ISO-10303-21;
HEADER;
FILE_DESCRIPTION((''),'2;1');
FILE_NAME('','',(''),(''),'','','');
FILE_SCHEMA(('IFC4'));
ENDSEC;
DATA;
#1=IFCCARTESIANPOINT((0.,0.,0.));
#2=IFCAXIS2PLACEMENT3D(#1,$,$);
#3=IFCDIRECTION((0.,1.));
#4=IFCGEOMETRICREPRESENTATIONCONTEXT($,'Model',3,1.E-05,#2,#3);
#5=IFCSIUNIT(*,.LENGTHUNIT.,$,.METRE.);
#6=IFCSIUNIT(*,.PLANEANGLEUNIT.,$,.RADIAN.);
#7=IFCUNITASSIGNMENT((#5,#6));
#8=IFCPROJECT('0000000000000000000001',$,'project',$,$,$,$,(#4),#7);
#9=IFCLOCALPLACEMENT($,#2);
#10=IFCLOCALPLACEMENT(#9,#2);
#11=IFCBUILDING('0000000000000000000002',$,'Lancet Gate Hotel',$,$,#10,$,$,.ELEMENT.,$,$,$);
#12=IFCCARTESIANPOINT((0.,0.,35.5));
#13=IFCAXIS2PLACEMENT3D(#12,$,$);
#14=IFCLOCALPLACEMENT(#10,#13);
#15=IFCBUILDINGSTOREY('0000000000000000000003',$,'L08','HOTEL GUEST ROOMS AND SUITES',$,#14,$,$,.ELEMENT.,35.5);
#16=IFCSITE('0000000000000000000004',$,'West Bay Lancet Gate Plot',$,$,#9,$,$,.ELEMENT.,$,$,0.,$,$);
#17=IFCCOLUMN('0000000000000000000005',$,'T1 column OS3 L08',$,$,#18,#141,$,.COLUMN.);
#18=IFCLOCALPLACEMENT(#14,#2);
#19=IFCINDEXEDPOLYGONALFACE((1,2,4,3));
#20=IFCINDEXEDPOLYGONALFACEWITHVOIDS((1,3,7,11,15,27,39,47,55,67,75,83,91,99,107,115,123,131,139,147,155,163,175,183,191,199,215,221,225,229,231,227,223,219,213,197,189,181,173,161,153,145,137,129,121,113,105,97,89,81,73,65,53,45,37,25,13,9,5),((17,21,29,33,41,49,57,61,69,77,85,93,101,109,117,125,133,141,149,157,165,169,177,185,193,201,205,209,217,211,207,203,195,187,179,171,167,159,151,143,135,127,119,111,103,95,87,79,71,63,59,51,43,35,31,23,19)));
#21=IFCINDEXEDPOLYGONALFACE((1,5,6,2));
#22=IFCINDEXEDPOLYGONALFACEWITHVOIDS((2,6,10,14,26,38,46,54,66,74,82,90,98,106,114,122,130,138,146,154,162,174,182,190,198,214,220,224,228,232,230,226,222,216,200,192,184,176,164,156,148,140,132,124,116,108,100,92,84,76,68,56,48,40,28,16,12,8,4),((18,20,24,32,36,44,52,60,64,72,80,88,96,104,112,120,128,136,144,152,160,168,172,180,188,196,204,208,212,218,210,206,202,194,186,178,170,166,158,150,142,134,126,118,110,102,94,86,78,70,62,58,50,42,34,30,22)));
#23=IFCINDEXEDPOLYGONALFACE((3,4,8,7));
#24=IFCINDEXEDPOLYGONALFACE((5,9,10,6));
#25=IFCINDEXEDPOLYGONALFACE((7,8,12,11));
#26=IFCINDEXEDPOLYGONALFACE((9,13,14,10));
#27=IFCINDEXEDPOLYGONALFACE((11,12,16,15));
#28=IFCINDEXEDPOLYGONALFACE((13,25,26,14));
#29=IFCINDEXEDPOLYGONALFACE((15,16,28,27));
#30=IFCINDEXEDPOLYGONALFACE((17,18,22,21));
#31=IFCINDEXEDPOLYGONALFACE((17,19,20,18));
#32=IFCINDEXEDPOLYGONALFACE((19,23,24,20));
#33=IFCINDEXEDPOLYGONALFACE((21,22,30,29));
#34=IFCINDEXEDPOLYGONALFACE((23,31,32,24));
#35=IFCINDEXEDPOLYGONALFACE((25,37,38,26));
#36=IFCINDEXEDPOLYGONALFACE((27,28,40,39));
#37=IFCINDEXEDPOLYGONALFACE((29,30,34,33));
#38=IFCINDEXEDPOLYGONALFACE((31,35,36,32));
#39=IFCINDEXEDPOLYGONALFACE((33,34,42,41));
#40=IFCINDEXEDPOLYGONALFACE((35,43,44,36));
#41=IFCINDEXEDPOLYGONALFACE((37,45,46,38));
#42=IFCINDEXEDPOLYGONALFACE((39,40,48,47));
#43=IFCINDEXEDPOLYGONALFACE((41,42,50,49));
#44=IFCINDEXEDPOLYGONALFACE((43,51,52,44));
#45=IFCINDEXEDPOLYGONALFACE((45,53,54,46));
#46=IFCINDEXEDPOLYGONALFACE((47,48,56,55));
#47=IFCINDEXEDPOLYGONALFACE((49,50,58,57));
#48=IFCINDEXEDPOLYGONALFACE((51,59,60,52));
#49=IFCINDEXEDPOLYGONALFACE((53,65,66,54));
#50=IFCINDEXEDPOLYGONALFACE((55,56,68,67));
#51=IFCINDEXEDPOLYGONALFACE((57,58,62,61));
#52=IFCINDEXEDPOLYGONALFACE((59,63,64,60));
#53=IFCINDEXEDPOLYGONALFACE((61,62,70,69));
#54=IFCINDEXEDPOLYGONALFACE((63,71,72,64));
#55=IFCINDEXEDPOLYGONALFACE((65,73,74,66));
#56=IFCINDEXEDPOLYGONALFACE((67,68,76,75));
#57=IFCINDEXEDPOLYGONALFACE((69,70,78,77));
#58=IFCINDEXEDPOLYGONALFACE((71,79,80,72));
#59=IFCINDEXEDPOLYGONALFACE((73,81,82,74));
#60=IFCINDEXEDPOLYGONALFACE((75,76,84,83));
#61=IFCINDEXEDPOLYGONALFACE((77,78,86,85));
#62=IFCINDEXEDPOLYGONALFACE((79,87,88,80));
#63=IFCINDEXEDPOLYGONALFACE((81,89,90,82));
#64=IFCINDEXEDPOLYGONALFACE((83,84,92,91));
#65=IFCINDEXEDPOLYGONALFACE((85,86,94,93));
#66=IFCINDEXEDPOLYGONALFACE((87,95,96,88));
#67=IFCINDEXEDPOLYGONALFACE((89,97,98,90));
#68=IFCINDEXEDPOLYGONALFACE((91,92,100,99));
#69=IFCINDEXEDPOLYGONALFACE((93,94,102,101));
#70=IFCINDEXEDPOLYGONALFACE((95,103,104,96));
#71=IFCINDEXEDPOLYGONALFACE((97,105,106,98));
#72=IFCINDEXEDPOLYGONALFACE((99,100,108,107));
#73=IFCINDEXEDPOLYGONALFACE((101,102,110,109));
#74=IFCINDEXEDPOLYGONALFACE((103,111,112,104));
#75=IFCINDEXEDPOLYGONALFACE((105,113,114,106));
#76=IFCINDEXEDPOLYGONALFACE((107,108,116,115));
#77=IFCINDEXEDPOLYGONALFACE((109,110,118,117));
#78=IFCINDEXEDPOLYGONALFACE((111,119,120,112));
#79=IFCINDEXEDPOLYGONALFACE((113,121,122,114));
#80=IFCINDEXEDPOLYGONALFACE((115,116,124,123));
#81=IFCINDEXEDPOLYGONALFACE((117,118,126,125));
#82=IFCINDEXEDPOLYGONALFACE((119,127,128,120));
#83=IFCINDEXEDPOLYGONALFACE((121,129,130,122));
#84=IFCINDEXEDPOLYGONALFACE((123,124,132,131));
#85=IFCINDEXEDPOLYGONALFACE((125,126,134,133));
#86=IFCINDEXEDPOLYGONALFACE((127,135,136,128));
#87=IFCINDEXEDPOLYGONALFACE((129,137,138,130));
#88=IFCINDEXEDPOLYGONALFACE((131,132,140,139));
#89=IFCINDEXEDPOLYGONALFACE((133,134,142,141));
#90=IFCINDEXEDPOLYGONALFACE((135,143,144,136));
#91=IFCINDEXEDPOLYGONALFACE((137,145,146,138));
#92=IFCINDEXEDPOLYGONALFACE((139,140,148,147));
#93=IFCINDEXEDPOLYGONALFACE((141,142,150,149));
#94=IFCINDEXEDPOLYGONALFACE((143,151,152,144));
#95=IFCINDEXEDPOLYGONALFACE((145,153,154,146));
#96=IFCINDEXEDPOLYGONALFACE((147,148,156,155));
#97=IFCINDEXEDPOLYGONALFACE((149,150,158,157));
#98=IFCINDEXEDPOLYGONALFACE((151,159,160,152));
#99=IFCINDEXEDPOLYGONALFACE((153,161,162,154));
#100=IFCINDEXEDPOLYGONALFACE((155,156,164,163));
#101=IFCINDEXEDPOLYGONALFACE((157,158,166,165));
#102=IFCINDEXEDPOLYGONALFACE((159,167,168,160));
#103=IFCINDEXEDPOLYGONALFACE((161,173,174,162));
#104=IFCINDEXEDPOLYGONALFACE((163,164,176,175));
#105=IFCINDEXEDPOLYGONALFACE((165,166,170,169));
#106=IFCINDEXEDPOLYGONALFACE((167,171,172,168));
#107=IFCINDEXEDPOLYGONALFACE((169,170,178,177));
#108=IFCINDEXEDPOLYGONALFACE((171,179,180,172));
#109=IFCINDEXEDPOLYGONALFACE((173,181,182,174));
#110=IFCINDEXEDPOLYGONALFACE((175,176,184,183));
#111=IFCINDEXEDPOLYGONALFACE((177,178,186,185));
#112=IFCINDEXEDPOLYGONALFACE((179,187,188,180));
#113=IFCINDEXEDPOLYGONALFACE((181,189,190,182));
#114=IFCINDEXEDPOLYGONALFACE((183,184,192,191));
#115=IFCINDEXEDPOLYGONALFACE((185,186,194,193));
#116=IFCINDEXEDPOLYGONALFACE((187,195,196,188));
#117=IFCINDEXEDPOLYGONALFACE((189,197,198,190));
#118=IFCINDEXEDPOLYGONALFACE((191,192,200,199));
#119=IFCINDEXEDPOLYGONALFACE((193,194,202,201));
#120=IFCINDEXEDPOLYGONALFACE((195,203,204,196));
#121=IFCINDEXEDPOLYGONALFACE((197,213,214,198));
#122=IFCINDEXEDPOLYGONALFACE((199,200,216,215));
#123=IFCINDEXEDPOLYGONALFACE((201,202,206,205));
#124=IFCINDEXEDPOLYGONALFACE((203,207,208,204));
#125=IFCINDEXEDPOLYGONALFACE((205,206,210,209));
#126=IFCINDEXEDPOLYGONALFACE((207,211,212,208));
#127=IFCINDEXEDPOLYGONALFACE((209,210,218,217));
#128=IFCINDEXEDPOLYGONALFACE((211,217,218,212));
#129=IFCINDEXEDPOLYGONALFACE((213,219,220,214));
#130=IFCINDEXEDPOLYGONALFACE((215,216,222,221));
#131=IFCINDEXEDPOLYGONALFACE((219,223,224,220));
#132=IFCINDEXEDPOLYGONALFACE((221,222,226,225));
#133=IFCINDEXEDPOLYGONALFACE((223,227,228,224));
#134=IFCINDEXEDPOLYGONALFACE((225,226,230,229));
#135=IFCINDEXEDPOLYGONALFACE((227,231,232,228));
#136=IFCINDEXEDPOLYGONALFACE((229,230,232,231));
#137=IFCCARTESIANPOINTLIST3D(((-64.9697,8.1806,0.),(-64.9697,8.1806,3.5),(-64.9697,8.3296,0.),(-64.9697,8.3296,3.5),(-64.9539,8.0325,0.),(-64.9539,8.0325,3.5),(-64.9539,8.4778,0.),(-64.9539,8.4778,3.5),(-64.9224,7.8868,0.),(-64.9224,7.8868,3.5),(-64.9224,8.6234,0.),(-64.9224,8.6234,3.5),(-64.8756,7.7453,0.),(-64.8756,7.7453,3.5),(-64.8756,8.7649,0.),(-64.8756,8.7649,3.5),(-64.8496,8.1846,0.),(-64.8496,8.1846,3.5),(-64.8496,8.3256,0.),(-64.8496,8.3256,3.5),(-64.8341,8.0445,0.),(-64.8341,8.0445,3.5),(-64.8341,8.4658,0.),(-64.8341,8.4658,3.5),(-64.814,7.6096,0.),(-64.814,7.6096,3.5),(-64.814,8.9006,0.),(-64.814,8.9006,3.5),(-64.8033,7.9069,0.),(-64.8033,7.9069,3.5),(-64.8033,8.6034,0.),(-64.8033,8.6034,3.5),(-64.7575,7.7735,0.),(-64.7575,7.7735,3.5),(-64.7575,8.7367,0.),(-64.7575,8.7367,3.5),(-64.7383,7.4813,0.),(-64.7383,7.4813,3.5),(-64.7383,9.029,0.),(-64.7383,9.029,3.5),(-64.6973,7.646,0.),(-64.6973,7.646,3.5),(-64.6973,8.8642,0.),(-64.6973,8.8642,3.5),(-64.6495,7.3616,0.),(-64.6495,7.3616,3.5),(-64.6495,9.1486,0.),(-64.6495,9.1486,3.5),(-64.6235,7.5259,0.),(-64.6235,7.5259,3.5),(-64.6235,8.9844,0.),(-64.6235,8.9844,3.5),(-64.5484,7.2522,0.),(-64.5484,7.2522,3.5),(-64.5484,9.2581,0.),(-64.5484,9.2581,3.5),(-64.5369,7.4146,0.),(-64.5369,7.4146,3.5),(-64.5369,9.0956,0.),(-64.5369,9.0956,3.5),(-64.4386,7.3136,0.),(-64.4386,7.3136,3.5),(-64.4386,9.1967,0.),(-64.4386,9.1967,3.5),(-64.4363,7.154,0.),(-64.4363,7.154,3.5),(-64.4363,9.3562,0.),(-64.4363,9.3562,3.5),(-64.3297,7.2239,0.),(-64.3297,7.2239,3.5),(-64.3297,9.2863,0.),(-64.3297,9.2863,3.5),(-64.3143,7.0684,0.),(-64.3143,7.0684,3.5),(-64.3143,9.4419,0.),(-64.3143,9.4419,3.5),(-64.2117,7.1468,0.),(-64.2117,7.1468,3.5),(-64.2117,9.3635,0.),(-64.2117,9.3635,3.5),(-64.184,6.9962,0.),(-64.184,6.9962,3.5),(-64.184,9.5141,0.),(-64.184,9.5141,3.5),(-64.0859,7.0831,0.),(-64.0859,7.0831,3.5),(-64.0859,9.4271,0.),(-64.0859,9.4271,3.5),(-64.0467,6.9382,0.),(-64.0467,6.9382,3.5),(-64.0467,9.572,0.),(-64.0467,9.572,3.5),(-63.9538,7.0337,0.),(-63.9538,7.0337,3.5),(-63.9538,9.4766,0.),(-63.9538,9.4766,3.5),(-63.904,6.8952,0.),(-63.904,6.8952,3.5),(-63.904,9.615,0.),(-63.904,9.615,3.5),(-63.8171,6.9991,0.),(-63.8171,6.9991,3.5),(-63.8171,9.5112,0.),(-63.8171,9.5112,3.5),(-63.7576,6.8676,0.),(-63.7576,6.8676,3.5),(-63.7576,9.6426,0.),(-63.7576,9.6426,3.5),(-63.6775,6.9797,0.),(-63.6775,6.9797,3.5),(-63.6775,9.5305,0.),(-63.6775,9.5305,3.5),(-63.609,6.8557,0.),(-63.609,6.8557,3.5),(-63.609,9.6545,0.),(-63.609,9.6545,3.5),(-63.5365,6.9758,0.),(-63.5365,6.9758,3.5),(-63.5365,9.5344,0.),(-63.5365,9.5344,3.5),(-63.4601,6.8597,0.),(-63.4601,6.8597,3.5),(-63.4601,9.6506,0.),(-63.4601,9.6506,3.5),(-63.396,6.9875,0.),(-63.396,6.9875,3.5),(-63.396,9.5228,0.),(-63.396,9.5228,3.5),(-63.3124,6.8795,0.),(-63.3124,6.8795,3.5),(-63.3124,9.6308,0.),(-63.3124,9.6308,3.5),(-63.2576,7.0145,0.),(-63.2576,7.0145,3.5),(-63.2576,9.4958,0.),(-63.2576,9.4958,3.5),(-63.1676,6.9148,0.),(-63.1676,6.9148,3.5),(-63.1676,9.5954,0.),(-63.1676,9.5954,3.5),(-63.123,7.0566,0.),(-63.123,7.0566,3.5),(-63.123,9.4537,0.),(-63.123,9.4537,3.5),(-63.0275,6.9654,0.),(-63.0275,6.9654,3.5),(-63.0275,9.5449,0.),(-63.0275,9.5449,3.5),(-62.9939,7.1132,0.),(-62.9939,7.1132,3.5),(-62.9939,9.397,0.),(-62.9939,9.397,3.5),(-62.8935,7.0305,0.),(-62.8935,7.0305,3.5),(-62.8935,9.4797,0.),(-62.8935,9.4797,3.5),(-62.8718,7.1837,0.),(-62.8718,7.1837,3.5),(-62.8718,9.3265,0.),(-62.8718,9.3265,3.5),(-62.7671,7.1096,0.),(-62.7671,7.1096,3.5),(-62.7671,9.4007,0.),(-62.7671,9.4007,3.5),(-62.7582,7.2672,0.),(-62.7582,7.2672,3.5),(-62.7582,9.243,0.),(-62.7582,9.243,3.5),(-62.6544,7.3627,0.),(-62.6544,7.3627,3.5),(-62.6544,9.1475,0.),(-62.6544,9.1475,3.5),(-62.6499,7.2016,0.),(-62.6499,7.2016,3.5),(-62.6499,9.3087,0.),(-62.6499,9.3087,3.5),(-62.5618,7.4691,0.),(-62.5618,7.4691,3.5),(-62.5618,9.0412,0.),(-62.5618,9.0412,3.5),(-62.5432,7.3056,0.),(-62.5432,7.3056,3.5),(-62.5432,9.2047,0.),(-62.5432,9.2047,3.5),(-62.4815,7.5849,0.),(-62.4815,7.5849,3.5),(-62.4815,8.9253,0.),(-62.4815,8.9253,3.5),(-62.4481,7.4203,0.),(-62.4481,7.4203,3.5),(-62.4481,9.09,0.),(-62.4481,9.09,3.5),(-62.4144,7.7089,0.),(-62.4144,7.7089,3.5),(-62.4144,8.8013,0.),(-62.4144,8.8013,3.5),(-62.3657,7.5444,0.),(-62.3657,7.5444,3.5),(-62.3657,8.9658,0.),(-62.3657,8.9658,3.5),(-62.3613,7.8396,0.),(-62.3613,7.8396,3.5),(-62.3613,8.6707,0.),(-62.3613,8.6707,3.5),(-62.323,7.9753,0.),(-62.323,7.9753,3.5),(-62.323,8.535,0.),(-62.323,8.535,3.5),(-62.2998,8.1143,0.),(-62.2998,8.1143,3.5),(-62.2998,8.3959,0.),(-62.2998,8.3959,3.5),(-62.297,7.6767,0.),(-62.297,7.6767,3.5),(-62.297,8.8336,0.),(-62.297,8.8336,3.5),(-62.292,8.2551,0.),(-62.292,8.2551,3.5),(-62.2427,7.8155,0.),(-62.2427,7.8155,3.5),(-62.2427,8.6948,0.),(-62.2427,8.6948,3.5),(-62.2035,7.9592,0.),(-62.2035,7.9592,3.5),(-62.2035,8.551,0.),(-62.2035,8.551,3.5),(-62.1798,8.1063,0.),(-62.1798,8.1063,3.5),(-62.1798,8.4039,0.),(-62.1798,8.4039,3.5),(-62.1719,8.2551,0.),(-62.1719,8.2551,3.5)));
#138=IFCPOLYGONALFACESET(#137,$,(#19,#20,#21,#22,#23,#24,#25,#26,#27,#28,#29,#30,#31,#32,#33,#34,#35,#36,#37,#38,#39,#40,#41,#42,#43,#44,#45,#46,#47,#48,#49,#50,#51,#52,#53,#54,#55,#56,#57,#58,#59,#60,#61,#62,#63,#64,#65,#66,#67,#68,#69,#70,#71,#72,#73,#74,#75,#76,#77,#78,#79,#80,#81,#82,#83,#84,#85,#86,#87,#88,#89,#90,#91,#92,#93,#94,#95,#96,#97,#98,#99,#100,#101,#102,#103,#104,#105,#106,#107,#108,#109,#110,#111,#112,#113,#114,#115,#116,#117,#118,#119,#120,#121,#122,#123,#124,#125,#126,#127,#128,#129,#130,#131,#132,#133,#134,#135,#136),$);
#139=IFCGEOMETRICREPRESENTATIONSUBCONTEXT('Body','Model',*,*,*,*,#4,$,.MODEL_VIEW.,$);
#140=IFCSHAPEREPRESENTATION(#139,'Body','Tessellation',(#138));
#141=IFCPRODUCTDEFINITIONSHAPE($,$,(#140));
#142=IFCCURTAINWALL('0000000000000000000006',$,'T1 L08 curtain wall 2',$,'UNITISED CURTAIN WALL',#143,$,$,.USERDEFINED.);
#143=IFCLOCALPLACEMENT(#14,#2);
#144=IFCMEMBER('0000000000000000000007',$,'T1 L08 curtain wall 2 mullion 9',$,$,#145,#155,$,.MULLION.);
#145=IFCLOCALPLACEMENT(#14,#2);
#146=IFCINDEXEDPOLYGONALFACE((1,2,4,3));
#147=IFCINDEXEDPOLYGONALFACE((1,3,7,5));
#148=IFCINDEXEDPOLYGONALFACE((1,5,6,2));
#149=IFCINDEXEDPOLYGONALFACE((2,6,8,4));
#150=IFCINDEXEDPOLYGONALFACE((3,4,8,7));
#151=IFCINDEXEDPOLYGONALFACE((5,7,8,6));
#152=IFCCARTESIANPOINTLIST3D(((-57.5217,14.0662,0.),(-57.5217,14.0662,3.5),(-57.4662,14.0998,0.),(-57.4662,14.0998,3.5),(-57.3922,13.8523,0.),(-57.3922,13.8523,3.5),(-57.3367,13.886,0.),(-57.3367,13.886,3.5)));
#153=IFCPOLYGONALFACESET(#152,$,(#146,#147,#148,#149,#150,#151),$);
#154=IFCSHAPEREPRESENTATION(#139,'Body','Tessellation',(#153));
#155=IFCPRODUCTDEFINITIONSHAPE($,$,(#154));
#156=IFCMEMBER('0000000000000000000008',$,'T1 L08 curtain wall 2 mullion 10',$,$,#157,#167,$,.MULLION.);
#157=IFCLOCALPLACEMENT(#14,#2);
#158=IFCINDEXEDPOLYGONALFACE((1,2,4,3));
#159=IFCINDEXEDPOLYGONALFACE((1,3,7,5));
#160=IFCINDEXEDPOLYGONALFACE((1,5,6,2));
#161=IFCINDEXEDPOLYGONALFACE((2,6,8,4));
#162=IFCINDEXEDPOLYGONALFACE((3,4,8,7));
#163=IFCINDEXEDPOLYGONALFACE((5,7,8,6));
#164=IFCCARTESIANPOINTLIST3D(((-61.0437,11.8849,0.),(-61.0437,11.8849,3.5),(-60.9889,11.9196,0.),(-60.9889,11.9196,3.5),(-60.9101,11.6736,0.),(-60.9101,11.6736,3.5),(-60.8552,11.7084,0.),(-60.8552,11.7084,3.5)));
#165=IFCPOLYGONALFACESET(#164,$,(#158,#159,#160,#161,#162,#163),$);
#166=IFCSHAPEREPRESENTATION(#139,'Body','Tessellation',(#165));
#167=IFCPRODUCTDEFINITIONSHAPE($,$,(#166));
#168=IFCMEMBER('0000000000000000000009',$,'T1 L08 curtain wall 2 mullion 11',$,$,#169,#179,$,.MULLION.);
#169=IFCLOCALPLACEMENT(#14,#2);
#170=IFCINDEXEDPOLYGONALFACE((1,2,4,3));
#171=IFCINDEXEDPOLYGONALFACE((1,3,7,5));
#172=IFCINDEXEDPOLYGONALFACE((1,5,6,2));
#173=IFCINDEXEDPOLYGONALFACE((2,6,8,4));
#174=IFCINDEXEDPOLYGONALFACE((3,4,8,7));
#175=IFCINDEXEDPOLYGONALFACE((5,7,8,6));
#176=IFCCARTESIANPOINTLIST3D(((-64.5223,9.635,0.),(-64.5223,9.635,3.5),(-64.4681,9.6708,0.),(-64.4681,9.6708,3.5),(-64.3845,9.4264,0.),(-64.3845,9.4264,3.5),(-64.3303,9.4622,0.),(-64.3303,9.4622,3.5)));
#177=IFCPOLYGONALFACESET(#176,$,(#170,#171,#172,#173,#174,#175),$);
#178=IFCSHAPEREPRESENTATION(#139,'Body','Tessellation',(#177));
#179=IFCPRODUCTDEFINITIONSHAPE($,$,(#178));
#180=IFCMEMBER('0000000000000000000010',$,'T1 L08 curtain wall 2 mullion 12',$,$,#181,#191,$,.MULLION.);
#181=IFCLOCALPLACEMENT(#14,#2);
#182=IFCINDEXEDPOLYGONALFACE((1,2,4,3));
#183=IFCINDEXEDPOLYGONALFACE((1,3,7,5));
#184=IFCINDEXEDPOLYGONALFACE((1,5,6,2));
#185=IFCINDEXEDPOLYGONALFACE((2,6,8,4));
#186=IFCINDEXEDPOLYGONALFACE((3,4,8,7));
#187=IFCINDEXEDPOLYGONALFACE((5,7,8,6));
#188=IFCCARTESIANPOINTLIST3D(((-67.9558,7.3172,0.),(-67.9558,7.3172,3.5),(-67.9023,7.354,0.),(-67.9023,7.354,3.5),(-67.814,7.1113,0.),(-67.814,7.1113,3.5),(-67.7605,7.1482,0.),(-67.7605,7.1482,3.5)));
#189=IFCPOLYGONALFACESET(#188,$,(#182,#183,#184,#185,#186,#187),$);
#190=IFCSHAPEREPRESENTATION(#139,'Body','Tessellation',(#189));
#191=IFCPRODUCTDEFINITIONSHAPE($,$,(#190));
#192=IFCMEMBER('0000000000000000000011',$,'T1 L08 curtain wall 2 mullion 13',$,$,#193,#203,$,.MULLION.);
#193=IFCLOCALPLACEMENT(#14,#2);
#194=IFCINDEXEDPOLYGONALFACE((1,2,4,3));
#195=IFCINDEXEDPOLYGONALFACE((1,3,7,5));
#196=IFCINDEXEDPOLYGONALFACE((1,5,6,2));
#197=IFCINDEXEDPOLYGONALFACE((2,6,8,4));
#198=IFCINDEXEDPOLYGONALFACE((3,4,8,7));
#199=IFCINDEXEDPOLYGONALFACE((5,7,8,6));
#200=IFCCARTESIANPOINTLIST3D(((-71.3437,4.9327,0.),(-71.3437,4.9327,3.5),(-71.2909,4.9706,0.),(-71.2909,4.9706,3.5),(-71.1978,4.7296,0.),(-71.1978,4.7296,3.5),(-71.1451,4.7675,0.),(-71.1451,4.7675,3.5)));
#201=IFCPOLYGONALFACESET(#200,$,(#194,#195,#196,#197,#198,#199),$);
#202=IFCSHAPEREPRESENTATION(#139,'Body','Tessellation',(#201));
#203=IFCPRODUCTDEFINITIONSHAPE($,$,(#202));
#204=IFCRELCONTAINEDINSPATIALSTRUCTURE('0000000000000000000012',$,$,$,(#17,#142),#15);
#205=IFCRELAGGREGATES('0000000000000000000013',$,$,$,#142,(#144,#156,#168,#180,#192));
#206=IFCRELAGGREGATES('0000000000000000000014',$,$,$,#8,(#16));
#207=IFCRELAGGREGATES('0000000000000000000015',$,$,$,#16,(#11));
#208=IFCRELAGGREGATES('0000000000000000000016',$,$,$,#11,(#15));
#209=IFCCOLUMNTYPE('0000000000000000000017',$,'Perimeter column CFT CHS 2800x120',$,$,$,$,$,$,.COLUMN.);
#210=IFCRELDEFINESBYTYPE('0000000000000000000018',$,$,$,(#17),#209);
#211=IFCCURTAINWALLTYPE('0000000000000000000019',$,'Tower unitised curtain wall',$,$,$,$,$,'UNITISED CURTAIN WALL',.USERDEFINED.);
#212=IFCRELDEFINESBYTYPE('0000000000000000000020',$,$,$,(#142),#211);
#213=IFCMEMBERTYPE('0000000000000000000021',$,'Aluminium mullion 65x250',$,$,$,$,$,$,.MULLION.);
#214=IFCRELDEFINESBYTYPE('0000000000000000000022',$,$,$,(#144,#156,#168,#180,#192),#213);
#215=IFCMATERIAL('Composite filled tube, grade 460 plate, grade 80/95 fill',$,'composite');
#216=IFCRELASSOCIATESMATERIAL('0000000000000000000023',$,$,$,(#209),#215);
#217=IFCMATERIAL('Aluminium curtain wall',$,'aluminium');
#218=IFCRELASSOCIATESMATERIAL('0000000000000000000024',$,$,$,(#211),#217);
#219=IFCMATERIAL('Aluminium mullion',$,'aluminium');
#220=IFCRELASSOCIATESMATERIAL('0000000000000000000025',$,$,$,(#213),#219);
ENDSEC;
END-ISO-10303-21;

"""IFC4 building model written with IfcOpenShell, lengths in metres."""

from ifc_helpers import new_model, si_unit, direction, frame, origin, origin_2d, place, context, subcontext, project, spatial, rectangle, hollow_circle, extrude, material, material_profile, profile_set, type_object, element, aggregate, save


model = new_model("IFC4")

# Units and contexts
model_context = context("Model", 3, precision=1e-05, world=origin(), true_north=direction((0.0, 1.0)))
body_context = subcontext(model_context, "Body", "Model", "MODEL_VIEW")
ifc_project = project(units=[si_unit("LENGTHUNIT", "METRE"), si_unit("PLANEANGLEUNIT", "RADIAN")], contexts=[model_context])

# Site, building, storey
site_placement = place(None, origin())
site = spatial("IfcSite", under=ifc_project, at=site_placement, Name="West Bay Lancet Gate Plot", CompositionType="ELEMENT", RefElevation=0.0)
building_placement = place(site_placement, origin())
building = spatial("IfcBuilding", under=site, at=building_placement, Name="Lancet Gate Hotel", CompositionType="ELEMENT")
storey_placement = place(building_placement, frame((0.0, 0.0, 35.5)))
storey = spatial("IfcBuildingStorey", under=building, at=storey_placement, Name="L08", Description="HOTEL GUEST ROOMS AND SUITES", CompositionType="ELEMENT", Elevation=35.5)

# Column
ifc_material_1 = material(Name="Composite filled tube, grade 460 plate, grade 80/95 fill", Category="composite")
ifc_material_profile_1 = material_profile(ifc_material_1, hollow_circle(Radius=1.3999, WallThickness=0.1201, at=origin_2d()), Name="CHS 2800x120")
ifc_profile_set_1 = profile_set([ifc_material_profile_1], Name="Composite filled tube, grade 460 plate, grade 80/95 fill")
column_type = type_object("IfcColumnType", Name="Perimeter column CFT CHS 2800x120", PredefinedType="COLUMN", material=ifc_profile_set_1)
column_placement = place(storey_placement, frame((-63.5718, 8.2551, 0.0), z_axis=(0.0, 0.0, 1.0), x_axis=(1.0, 0.0, 0.0)))
element("IfcColumn", 1, at=column_placement, inside=storey, type_object=column_type, Name="T1 column OS3 L08", PredefinedType="COLUMN", context=body_context, shape_type="SweptSolid", body=[
    extrude(hollow_circle(Radius=1.3999, WallThickness=0.1201, at=origin_2d()), origin(), (0.0, 0.0, 1.0), 3.5),
])

# Curtain wall, members
ifc_material_2 = material(Name="Aluminium curtain wall", Category="aluminium")
curtain_wall_type = type_object("IfcCurtainWallType", Name="Tower unitised curtain wall", ElementType="UNITISED CURTAIN WALL", PredefinedType="USERDEFINED", material=ifc_material_2)
curtain_wall_placement = place(storey_placement, origin())
curtain_wall = element("IfcCurtainWall", 2, at=curtain_wall_placement, inside=storey, type_object=curtain_wall_type, Name="T1 L08 curtain wall 2", ObjectType="UNITISED CURTAIN WALL", PredefinedType="USERDEFINED")
ifc_material_3 = material(Name="Aluminium mullion", Category="aluminium")
ifc_material_profile_2 = material_profile(ifc_material_3, rectangle(XDim=0.0649, YDim=0.25, at=origin_2d()), Name="MULLION 65x250")
ifc_profile_set_2 = profile_set([ifc_material_profile_2], Name="Aluminium mullion")
member_type_1 = type_object("IfcMemberType", Name="Aluminium mullion 65x250", PredefinedType="MULLION", material=ifc_profile_set_2)
member_1_placement = place(storey_placement, frame((-57.4292, 13.9761, 0.0), z_axis=(0.0, 0.0, 1.0), x_axis=(-0.855346, -0.518057, 0.0)))
member_1 = element("IfcMember", 3, at=member_1_placement, type_object=member_type_1, Name="T1 L08 curtain wall 2 mullion 9", PredefinedType="MULLION", context=body_context, shape_type="SweptSolid", body=[
    extrude(rectangle(XDim=0.0649, YDim=0.25, at=origin_2d()), origin(), (0.0, 0.0, 1.0), 3.5),
])
member_2_placement = place(storey_placement, frame((-60.9495, 11.7966, 0.0), z_axis=(0.0, 0.0, 1.0), x_axis=(-0.845029, -0.53472, 0.0)))
member_2 = element("IfcMember", 4, at=member_2_placement, type_object=member_type_1, Name="T1 L08 curtain wall 2 mullion 10", PredefinedType="MULLION", context=body_context, shape_type="SweptSolid", body=[
    extrude(rectangle(XDim=0.0649, YDim=0.25, at=origin_2d()), origin(), (0.0, 0.0, 1.0), 3.5),
])
member_3_placement = place(storey_placement, frame((-64.4263, 9.5486, 0.0), z_axis=(0.0, 0.0, 1.0), x_axis=(-0.834387, -0.551178, 0.0)))
member_3 = element("IfcMember", 5, at=member_3_placement, type_object=member_type_1, Name="T1 L08 curtain wall 2 mullion 11", PredefinedType="MULLION", context=body_context, shape_type="SweptSolid", body=[
    extrude(rectangle(XDim=0.0649, YDim=0.25, at=origin_2d()), origin(), (0.0, 0.0, 1.0), 3.5),
])
member_4_placement = place(storey_placement, frame((-67.8582, 7.2327, 0.0), z_axis=(0.0, 0.0, 1.0), x_axis=(-0.823425, -0.567425, 0.0)))
member_4 = element("IfcMember", 6, at=member_4_placement, type_object=member_type_1, Name="T1 L08 curtain wall 2 mullion 12", PredefinedType="MULLION", context=body_context, shape_type="SweptSolid", body=[
    extrude(rectangle(XDim=0.0649, YDim=0.25, at=origin_2d()), origin(), (0.0, 0.0, 1.0), 3.5),
])
member_5_placement = place(storey_placement, frame((-71.2444, 4.8501, 0.0), z_axis=(0.0, 0.0, 1.0), x_axis=(-0.812147, -0.583453, 0.0)))
member_5 = element("IfcMember", 7, at=member_5_placement, type_object=member_type_1, Name="T1 L08 curtain wall 2 mullion 13", PredefinedType="MULLION", context=body_context, shape_type="SweptSolid", body=[
    extrude(rectangle(XDim=0.0649, YDim=0.25, at=origin_2d()), origin(), (0.0, 0.0, 1.0), 3.5),
])

aggregate(curtain_wall, [member_1, member_2, member_3, member_4, member_5])

save(model, "model.ifc")
